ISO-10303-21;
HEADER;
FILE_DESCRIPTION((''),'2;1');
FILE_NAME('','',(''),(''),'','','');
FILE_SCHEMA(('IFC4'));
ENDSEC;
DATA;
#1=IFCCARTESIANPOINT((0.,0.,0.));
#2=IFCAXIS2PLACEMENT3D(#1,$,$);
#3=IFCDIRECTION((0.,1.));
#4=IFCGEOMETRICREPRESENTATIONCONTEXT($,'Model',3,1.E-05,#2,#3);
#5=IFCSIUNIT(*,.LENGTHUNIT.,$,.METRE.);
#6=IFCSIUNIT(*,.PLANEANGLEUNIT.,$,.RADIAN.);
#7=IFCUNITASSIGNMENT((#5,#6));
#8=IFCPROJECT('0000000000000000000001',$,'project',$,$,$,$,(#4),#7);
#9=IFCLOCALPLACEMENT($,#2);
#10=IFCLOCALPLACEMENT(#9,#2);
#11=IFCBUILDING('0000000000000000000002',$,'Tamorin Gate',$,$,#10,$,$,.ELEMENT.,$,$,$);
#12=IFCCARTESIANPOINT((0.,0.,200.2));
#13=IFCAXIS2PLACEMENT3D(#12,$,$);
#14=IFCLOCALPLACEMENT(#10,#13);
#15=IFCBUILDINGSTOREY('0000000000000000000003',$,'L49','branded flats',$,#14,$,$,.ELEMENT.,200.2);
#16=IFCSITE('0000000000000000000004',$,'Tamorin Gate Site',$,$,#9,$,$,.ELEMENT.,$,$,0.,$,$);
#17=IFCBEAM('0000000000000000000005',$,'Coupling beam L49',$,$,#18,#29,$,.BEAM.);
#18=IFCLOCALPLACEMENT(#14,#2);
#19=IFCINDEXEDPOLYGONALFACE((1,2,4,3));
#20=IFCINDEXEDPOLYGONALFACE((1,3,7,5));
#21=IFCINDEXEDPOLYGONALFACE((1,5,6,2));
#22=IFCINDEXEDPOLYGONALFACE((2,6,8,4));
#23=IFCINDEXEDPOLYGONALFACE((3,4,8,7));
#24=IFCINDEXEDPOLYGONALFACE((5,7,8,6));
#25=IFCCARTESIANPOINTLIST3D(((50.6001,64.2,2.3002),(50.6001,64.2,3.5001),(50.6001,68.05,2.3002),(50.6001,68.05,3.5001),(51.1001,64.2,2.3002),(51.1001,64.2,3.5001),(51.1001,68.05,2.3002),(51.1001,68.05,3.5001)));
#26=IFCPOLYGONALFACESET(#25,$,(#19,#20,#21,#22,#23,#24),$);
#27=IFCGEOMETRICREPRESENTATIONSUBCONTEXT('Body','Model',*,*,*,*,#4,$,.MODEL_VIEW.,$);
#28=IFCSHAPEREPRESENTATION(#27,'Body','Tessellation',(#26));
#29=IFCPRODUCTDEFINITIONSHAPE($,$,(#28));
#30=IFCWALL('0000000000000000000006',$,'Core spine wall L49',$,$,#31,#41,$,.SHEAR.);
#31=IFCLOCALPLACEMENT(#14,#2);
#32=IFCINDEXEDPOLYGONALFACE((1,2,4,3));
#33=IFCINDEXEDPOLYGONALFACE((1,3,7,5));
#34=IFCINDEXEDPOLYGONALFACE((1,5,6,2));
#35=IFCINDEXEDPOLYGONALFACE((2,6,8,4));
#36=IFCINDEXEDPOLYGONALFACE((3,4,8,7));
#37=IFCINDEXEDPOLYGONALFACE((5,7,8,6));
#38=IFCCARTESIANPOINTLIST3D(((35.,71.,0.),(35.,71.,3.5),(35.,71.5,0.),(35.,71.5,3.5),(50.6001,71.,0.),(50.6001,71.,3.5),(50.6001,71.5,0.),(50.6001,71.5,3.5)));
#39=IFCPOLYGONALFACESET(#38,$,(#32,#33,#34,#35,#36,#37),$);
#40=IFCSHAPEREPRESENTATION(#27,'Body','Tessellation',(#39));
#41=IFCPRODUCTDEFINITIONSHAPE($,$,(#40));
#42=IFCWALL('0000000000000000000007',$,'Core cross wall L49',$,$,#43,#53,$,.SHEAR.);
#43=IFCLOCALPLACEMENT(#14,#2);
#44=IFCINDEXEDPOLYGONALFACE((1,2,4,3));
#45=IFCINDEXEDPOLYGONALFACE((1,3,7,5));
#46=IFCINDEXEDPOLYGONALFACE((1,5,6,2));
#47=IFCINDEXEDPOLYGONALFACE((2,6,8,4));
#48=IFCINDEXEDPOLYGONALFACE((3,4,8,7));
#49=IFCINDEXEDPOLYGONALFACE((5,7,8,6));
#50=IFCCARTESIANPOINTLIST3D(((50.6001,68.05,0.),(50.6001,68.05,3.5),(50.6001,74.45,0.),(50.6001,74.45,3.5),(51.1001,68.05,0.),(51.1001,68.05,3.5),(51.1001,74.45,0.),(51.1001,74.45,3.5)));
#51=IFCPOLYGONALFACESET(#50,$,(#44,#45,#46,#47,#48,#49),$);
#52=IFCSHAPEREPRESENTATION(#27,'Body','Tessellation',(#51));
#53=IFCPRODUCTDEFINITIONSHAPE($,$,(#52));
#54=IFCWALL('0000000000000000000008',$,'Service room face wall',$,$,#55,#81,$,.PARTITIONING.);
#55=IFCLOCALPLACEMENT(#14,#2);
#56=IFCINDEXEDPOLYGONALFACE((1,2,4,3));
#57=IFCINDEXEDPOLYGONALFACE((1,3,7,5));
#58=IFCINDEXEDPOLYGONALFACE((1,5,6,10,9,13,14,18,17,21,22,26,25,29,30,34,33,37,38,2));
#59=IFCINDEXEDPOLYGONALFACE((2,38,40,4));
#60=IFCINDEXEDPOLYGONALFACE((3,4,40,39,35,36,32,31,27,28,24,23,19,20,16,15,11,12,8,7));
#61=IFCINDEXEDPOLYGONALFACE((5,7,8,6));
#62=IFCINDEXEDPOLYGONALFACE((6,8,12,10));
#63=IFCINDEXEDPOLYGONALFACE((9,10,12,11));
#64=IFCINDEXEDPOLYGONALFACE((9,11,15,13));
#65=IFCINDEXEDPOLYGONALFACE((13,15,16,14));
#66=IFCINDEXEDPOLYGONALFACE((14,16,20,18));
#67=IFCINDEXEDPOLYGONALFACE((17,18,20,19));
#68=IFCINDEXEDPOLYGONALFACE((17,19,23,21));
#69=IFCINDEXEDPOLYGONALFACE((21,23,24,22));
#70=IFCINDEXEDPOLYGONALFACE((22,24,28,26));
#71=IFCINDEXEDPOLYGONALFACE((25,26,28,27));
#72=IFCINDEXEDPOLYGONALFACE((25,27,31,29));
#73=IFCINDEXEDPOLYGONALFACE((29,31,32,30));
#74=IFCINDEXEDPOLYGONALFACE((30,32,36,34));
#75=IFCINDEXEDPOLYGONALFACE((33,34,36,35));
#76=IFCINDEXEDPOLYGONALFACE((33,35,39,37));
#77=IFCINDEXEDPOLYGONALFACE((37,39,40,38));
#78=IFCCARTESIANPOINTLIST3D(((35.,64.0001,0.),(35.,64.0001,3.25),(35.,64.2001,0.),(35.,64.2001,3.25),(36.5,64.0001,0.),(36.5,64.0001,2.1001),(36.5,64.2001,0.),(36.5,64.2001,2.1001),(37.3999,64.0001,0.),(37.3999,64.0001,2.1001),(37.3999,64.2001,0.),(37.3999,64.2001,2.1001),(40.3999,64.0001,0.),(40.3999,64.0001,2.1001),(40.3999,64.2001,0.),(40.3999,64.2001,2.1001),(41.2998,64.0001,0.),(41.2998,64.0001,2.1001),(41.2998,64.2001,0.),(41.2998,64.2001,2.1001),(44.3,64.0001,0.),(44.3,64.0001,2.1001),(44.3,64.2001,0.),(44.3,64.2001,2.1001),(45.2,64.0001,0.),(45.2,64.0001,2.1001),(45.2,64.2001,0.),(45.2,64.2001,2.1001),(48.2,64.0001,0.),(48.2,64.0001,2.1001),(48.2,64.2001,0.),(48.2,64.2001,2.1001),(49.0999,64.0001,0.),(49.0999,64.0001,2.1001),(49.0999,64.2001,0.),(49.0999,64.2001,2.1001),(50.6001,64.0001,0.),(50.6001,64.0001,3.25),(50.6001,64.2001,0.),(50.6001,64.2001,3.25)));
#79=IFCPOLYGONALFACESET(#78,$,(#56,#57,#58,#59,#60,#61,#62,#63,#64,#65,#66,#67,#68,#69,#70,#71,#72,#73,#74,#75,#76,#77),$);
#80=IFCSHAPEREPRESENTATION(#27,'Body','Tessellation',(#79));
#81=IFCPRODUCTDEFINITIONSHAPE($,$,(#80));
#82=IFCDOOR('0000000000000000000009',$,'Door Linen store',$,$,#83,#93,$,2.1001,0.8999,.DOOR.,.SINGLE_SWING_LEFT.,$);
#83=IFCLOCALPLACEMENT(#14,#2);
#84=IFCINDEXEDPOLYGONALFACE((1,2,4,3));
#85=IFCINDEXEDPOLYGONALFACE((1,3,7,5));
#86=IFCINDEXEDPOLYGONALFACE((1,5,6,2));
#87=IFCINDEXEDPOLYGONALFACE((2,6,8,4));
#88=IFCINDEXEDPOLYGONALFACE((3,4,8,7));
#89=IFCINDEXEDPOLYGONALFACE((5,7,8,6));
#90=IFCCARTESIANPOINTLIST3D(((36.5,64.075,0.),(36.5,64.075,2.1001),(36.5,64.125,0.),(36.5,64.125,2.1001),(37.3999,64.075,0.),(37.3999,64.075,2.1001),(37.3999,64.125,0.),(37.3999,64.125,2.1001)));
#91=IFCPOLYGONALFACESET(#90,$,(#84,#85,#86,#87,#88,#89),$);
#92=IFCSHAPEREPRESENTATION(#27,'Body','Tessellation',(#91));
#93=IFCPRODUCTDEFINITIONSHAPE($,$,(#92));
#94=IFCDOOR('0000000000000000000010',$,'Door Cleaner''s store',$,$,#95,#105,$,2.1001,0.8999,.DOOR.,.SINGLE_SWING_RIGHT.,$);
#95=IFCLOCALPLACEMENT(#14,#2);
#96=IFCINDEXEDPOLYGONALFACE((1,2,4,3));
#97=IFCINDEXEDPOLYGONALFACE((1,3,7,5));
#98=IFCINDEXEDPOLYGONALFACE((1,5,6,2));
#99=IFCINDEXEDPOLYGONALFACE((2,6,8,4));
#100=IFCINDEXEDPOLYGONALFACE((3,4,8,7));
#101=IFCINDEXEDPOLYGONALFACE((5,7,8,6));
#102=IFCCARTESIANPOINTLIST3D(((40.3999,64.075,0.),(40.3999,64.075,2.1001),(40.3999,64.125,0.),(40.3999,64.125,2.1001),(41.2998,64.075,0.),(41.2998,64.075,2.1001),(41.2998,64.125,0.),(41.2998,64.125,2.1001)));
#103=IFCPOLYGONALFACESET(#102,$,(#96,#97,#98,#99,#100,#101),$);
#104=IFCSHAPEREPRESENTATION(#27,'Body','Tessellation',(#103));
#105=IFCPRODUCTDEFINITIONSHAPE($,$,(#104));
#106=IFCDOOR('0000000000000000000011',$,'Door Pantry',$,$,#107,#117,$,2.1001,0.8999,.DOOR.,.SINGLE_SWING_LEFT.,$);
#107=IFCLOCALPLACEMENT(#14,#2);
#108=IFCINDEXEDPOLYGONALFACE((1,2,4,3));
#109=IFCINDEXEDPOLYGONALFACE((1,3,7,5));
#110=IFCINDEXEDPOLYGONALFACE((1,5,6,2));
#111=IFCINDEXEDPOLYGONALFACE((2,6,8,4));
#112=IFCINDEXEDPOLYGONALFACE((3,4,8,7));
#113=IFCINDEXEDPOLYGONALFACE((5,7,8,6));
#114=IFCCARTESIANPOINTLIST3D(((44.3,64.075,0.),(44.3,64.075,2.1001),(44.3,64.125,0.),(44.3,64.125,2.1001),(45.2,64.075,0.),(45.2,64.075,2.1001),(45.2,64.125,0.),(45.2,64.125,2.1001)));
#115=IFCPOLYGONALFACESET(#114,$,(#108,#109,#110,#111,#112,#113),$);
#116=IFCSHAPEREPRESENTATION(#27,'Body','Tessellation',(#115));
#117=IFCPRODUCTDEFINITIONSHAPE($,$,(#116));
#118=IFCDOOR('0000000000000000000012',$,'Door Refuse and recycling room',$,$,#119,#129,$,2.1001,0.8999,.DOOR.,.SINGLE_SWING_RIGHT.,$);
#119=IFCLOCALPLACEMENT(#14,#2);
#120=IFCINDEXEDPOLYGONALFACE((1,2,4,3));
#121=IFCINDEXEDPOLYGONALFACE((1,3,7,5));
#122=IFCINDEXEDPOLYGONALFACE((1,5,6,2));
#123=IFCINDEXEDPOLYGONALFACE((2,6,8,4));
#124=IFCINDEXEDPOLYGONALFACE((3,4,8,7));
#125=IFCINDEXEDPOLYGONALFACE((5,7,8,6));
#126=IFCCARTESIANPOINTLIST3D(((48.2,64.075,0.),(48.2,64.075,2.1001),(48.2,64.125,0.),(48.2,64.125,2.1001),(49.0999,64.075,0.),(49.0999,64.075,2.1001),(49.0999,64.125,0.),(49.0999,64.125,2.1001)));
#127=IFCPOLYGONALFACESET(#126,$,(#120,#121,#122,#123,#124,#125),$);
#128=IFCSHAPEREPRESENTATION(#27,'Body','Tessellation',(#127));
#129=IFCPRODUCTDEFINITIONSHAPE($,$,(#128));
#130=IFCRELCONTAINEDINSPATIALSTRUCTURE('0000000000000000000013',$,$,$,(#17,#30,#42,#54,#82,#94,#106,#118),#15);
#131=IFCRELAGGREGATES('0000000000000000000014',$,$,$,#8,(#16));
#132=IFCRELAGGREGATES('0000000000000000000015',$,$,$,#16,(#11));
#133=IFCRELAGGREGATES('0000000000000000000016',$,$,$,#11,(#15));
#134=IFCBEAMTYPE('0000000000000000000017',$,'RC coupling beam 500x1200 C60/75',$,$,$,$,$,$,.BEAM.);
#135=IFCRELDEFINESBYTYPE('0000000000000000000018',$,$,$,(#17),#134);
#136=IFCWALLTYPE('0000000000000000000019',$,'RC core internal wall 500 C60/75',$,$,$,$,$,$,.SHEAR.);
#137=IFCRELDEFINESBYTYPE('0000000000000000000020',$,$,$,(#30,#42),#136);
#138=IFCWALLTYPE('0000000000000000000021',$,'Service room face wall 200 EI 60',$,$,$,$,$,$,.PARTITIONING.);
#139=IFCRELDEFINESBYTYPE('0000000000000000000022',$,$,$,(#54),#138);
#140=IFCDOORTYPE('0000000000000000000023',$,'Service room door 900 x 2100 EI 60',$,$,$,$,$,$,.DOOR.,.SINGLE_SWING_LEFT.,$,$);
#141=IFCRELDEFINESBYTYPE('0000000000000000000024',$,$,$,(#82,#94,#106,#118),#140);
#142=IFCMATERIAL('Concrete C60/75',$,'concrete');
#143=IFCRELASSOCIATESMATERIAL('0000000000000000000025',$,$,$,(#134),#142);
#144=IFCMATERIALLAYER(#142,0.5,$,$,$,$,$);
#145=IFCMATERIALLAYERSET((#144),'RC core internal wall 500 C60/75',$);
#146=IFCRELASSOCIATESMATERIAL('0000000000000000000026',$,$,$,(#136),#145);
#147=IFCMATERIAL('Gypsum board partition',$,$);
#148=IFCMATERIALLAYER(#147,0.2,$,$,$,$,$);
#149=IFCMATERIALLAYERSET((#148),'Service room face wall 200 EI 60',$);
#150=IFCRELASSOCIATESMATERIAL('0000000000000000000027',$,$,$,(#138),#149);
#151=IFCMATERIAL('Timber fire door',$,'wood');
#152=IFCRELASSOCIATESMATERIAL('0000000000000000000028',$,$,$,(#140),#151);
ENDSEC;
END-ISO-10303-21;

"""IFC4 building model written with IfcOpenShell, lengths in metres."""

from ifc_helpers import new_model, si_unit, direction, frame, frame_2d, origin, origin_2d, place, context, subcontext, project, spatial, rectangle, extrude, material, layer, layer_set, material_profile, profile_set, type_object, element, fill, save


model = new_model("IFC4")

# Units and contexts
model_context = context("Model", 3, precision=1e-05, world=origin(), true_north=direction((0.0, 1.0)))
body_context = subcontext(model_context, "Body", "Model", "MODEL_VIEW")
ifc_project = project(units=[si_unit("LENGTHUNIT", "METRE"), si_unit("PLANEANGLEUNIT", "RADIAN")], contexts=[model_context])

# Site, building, storey
site_placement = place(None, origin())
site = spatial("IfcSite", under=ifc_project, at=site_placement, Name="Tamorin Gate Site", CompositionType="ELEMENT", RefElevation=0.0)
building_placement = place(site_placement, origin())
building = spatial("IfcBuilding", under=site, at=building_placement, Name="Tamorin Gate", CompositionType="ELEMENT")
storey_placement = place(building_placement, frame((0.0, 0.0, 200.2)))
storey = spatial("IfcBuildingStorey", under=building, at=storey_placement, Name="L49", Description="branded flats", CompositionType="ELEMENT", Elevation=200.2)

# Beam
ifc_material_1 = material(Name="Concrete C60/75", Category="concrete")
ifc_material_profile = material_profile(ifc_material_1, rectangle(XDim=0.5, YDim=1.2, at=origin_2d()), Name="RC 500x1200")
ifc_profile_set = profile_set([ifc_material_profile], Name="Concrete C60/75")
beam_type = type_object("IfcBeamType", Name="RC coupling beam 500x1200 C60/75", PredefinedType="BEAM", material=ifc_profile_set)
beam_placement = place(storey_placement, frame((50.8501, 64.2, 2.9001), z_axis=(0.0, 1.0, 0.0), x_axis=(-1.0, 0.0, 0.0)))
element("IfcBeam", 1, at=beam_placement, inside=storey, type_object=beam_type, Name="Coupling beam L49", PredefinedType="BEAM", context=body_context, shape_type="SweptSolid", body=[
    extrude(rectangle(XDim=0.5, YDim=1.2, at=origin_2d()), origin(), (0.0, 0.0, 1.0), 3.8501),
])

# Walls
ifc_layer_1 = layer(ifc_material_1, 0.5)
ifc_layer_set_1 = layer_set([ifc_layer_1], Name="RC core internal wall 500 C60/75")
wall_type_1 = type_object("IfcWallType", Name="RC core internal wall 500 C60/75", PredefinedType="SHEAR", material=ifc_layer_set_1)
wall_1_placement = place(storey_placement, frame((35.0, 71.25, 0.0), z_axis=(0.0, 0.0, 1.0), x_axis=(1.0, 0.0, 0.0)))
element("IfcWall", 2, at=wall_1_placement, inside=storey, type_object=wall_type_1, Name="Core spine wall L49", PredefinedType="SHEAR", context=body_context, shape_type="SweptSolid", body=[
    extrude(rectangle(XDim=15.6001, YDim=0.5, at=frame_2d((7.8, 0.0))), origin(), (0.0, 0.0, 1.0), 3.5),
])
wall_2_placement = place(storey_placement, frame((50.8501, 68.05, 0.0), z_axis=(0.0, 0.0, 1.0), x_axis=(0.0, 1.0, 0.0)))
element("IfcWall", 3, at=wall_2_placement, inside=storey, type_object=wall_type_1, Name="Core cross wall L49", PredefinedType="SHEAR", context=body_context, shape_type="SweptSolid", body=[
    extrude(rectangle(XDim=6.3999, YDim=0.5, at=frame_2d((3.2, 0.0))), origin(), (0.0, 0.0, 1.0), 3.5),
])

# Wall, openings, doors
ifc_material_2 = material(Name="Gypsum board partition")
ifc_layer_2 = layer(ifc_material_2, 0.2)
ifc_layer_set_2 = layer_set([ifc_layer_2], Name="Service room face wall 200 EI 60")
wall_type_2 = type_object("IfcWallType", Name="Service room face wall 200 EI 60", PredefinedType="PARTITIONING", material=ifc_layer_set_2)
wall_3_placement = place(storey_placement, frame((35.0, 64.1001, 0.0), z_axis=(0.0, 0.0, 1.0), x_axis=(1.0, 0.0, 0.0)))
wall_3 = element("IfcWall", 4, at=wall_3_placement, inside=storey, type_object=wall_type_2, Name="Service room face wall", PredefinedType="PARTITIONING", context=body_context, shape_type="SweptSolid", body=[
    extrude(rectangle(XDim=15.6001, YDim=0.2, at=frame_2d((7.8, 0.0))), origin(), (0.0, 0.0, 1.0), 3.25),
])
opening_1_placement = place(wall_3_placement, frame((1.5, 0.0, 0.0)))
opening_1 = element("IfcOpeningElement", 5, at=opening_1_placement, cuts=wall_3, PredefinedType="OPENING", context=body_context, shape_type="SweptSolid", body=[
    extrude(rectangle(XDim=0.8999, YDim=2.1001, at=frame_2d((0.45, 1.05))), frame((0.0, 0.1099, 0.0), z_axis=(0.0, -1.0, 0.0), x_axis=(1.0, 0.0, 0.0)), (0.0, 0.0, 1.0), 0.22),
])
opening_2_placement = place(wall_3_placement, frame((5.3999, 0.0, 0.0)))
opening_2 = element("IfcOpeningElement", 6, at=opening_2_placement, cuts=wall_3, PredefinedType="OPENING", context=body_context, shape_type="SweptSolid", body=[
    extrude(rectangle(XDim=0.8999, YDim=2.1001, at=frame_2d((0.45, 1.05))), frame((0.0, 0.1099, 0.0), z_axis=(0.0, -1.0, 0.0), x_axis=(1.0, 0.0, 0.0)), (0.0, 0.0, 1.0), 0.22),
])
opening_3_placement = place(wall_3_placement, frame((9.3, 0.0, 0.0)))
opening_3 = element("IfcOpeningElement", 7, at=opening_3_placement, cuts=wall_3, PredefinedType="OPENING", context=body_context, shape_type="SweptSolid", body=[
    extrude(rectangle(XDim=0.8999, YDim=2.1001, at=frame_2d((0.45, 1.05))), frame((0.0, 0.1099, 0.0), z_axis=(0.0, -1.0, 0.0), x_axis=(1.0, 0.0, 0.0)), (0.0, 0.0, 1.0), 0.22),
])
opening_4_placement = place(wall_3_placement, frame((13.2, 0.0, 0.0)))
opening_4 = element("IfcOpeningElement", 8, at=opening_4_placement, cuts=wall_3, PredefinedType="OPENING", context=body_context, shape_type="SweptSolid", body=[
    extrude(rectangle(XDim=0.8999, YDim=2.1001, at=frame_2d((0.45, 1.05))), frame((0.0, 0.1099, 0.0), z_axis=(0.0, -1.0, 0.0), x_axis=(1.0, 0.0, 0.0)), (0.0, 0.0, 1.0), 0.22),
])
ifc_material_3 = material(Name="Timber fire door", Category="wood")
door_type = type_object("IfcDoorType", Name="Service room door 900 x 2100 EI 60", OperationType="SINGLE_SWING_LEFT", PredefinedType="DOOR", material=ifc_material_3)
door_1_placement = place(opening_1_placement, origin())
door_1 = element("IfcDoor", 9, at=door_1_placement, inside=storey, type_object=door_type, Name="Door Linen store", OperationType="SINGLE_SWING_LEFT", OverallHeight=2.1001, OverallWidth=0.8999, PredefinedType="DOOR", context=body_context, shape_type="SweptSolid", body=[
    extrude(rectangle(XDim=0.8999, YDim=2.1001, at=frame_2d((0.45, 1.05))), frame((0.0, 0.0249, 0.0), z_axis=(0.0, -1.0, 0.0), x_axis=(1.0, 0.0, 0.0)), (0.0, 0.0, 1.0), 0.05),
])
fill(opening_1, door_1)
door_2_placement = place(opening_2_placement, origin())
door_2 = element("IfcDoor", 10, at=door_2_placement, inside=storey, type_object=door_type, Name="Door Cleaner's store", OperationType="SINGLE_SWING_RIGHT", OverallHeight=2.1001, OverallWidth=0.8999, PredefinedType="DOOR", context=body_context, shape_type="SweptSolid", body=[
    extrude(rectangle(XDim=0.8999, YDim=2.1001, at=frame_2d((0.45, 1.05))), frame((0.0, 0.0249, 0.0), z_axis=(0.0, -1.0, 0.0), x_axis=(1.0, 0.0, 0.0)), (0.0, 0.0, 1.0), 0.05),
])
fill(opening_2, door_2)
door_3_placement = place(opening_3_placement, origin())
door_3 = element("IfcDoor", 11, at=door_3_placement, inside=storey, type_object=door_type, Name="Door Pantry", OperationType="SINGLE_SWING_LEFT", OverallHeight=2.1001, OverallWidth=0.8999, PredefinedType="DOOR", context=body_context, shape_type="SweptSolid", body=[
    extrude(rectangle(XDim=0.8999, YDim=2.1001, at=frame_2d((0.45, 1.05))), frame((0.0, 0.0249, 0.0), z_axis=(0.0, -1.0, 0.0), x_axis=(1.0, 0.0, 0.0)), (0.0, 0.0, 1.0), 0.05),
])
fill(opening_3, door_3)
door_4_placement = place(opening_4_placement, origin())
door_4 = element("IfcDoor", 12, at=door_4_placement, inside=storey, type_object=door_type, Name="Door Refuse and recycling room", OperationType="SINGLE_SWING_RIGHT", OverallHeight=2.1001, OverallWidth=0.8999, PredefinedType="DOOR", context=body_context, shape_type="SweptSolid", body=[
    extrude(rectangle(XDim=0.8999, YDim=2.1001, at=frame_2d((0.45, 1.05))), frame((0.0, 0.0249, 0.0), z_axis=(0.0, -1.0, 0.0), x_axis=(1.0, 0.0, 0.0)), (0.0, 0.0, 1.0), 0.05),
])
fill(opening_4, door_4)

save(model, "model.ifc")
